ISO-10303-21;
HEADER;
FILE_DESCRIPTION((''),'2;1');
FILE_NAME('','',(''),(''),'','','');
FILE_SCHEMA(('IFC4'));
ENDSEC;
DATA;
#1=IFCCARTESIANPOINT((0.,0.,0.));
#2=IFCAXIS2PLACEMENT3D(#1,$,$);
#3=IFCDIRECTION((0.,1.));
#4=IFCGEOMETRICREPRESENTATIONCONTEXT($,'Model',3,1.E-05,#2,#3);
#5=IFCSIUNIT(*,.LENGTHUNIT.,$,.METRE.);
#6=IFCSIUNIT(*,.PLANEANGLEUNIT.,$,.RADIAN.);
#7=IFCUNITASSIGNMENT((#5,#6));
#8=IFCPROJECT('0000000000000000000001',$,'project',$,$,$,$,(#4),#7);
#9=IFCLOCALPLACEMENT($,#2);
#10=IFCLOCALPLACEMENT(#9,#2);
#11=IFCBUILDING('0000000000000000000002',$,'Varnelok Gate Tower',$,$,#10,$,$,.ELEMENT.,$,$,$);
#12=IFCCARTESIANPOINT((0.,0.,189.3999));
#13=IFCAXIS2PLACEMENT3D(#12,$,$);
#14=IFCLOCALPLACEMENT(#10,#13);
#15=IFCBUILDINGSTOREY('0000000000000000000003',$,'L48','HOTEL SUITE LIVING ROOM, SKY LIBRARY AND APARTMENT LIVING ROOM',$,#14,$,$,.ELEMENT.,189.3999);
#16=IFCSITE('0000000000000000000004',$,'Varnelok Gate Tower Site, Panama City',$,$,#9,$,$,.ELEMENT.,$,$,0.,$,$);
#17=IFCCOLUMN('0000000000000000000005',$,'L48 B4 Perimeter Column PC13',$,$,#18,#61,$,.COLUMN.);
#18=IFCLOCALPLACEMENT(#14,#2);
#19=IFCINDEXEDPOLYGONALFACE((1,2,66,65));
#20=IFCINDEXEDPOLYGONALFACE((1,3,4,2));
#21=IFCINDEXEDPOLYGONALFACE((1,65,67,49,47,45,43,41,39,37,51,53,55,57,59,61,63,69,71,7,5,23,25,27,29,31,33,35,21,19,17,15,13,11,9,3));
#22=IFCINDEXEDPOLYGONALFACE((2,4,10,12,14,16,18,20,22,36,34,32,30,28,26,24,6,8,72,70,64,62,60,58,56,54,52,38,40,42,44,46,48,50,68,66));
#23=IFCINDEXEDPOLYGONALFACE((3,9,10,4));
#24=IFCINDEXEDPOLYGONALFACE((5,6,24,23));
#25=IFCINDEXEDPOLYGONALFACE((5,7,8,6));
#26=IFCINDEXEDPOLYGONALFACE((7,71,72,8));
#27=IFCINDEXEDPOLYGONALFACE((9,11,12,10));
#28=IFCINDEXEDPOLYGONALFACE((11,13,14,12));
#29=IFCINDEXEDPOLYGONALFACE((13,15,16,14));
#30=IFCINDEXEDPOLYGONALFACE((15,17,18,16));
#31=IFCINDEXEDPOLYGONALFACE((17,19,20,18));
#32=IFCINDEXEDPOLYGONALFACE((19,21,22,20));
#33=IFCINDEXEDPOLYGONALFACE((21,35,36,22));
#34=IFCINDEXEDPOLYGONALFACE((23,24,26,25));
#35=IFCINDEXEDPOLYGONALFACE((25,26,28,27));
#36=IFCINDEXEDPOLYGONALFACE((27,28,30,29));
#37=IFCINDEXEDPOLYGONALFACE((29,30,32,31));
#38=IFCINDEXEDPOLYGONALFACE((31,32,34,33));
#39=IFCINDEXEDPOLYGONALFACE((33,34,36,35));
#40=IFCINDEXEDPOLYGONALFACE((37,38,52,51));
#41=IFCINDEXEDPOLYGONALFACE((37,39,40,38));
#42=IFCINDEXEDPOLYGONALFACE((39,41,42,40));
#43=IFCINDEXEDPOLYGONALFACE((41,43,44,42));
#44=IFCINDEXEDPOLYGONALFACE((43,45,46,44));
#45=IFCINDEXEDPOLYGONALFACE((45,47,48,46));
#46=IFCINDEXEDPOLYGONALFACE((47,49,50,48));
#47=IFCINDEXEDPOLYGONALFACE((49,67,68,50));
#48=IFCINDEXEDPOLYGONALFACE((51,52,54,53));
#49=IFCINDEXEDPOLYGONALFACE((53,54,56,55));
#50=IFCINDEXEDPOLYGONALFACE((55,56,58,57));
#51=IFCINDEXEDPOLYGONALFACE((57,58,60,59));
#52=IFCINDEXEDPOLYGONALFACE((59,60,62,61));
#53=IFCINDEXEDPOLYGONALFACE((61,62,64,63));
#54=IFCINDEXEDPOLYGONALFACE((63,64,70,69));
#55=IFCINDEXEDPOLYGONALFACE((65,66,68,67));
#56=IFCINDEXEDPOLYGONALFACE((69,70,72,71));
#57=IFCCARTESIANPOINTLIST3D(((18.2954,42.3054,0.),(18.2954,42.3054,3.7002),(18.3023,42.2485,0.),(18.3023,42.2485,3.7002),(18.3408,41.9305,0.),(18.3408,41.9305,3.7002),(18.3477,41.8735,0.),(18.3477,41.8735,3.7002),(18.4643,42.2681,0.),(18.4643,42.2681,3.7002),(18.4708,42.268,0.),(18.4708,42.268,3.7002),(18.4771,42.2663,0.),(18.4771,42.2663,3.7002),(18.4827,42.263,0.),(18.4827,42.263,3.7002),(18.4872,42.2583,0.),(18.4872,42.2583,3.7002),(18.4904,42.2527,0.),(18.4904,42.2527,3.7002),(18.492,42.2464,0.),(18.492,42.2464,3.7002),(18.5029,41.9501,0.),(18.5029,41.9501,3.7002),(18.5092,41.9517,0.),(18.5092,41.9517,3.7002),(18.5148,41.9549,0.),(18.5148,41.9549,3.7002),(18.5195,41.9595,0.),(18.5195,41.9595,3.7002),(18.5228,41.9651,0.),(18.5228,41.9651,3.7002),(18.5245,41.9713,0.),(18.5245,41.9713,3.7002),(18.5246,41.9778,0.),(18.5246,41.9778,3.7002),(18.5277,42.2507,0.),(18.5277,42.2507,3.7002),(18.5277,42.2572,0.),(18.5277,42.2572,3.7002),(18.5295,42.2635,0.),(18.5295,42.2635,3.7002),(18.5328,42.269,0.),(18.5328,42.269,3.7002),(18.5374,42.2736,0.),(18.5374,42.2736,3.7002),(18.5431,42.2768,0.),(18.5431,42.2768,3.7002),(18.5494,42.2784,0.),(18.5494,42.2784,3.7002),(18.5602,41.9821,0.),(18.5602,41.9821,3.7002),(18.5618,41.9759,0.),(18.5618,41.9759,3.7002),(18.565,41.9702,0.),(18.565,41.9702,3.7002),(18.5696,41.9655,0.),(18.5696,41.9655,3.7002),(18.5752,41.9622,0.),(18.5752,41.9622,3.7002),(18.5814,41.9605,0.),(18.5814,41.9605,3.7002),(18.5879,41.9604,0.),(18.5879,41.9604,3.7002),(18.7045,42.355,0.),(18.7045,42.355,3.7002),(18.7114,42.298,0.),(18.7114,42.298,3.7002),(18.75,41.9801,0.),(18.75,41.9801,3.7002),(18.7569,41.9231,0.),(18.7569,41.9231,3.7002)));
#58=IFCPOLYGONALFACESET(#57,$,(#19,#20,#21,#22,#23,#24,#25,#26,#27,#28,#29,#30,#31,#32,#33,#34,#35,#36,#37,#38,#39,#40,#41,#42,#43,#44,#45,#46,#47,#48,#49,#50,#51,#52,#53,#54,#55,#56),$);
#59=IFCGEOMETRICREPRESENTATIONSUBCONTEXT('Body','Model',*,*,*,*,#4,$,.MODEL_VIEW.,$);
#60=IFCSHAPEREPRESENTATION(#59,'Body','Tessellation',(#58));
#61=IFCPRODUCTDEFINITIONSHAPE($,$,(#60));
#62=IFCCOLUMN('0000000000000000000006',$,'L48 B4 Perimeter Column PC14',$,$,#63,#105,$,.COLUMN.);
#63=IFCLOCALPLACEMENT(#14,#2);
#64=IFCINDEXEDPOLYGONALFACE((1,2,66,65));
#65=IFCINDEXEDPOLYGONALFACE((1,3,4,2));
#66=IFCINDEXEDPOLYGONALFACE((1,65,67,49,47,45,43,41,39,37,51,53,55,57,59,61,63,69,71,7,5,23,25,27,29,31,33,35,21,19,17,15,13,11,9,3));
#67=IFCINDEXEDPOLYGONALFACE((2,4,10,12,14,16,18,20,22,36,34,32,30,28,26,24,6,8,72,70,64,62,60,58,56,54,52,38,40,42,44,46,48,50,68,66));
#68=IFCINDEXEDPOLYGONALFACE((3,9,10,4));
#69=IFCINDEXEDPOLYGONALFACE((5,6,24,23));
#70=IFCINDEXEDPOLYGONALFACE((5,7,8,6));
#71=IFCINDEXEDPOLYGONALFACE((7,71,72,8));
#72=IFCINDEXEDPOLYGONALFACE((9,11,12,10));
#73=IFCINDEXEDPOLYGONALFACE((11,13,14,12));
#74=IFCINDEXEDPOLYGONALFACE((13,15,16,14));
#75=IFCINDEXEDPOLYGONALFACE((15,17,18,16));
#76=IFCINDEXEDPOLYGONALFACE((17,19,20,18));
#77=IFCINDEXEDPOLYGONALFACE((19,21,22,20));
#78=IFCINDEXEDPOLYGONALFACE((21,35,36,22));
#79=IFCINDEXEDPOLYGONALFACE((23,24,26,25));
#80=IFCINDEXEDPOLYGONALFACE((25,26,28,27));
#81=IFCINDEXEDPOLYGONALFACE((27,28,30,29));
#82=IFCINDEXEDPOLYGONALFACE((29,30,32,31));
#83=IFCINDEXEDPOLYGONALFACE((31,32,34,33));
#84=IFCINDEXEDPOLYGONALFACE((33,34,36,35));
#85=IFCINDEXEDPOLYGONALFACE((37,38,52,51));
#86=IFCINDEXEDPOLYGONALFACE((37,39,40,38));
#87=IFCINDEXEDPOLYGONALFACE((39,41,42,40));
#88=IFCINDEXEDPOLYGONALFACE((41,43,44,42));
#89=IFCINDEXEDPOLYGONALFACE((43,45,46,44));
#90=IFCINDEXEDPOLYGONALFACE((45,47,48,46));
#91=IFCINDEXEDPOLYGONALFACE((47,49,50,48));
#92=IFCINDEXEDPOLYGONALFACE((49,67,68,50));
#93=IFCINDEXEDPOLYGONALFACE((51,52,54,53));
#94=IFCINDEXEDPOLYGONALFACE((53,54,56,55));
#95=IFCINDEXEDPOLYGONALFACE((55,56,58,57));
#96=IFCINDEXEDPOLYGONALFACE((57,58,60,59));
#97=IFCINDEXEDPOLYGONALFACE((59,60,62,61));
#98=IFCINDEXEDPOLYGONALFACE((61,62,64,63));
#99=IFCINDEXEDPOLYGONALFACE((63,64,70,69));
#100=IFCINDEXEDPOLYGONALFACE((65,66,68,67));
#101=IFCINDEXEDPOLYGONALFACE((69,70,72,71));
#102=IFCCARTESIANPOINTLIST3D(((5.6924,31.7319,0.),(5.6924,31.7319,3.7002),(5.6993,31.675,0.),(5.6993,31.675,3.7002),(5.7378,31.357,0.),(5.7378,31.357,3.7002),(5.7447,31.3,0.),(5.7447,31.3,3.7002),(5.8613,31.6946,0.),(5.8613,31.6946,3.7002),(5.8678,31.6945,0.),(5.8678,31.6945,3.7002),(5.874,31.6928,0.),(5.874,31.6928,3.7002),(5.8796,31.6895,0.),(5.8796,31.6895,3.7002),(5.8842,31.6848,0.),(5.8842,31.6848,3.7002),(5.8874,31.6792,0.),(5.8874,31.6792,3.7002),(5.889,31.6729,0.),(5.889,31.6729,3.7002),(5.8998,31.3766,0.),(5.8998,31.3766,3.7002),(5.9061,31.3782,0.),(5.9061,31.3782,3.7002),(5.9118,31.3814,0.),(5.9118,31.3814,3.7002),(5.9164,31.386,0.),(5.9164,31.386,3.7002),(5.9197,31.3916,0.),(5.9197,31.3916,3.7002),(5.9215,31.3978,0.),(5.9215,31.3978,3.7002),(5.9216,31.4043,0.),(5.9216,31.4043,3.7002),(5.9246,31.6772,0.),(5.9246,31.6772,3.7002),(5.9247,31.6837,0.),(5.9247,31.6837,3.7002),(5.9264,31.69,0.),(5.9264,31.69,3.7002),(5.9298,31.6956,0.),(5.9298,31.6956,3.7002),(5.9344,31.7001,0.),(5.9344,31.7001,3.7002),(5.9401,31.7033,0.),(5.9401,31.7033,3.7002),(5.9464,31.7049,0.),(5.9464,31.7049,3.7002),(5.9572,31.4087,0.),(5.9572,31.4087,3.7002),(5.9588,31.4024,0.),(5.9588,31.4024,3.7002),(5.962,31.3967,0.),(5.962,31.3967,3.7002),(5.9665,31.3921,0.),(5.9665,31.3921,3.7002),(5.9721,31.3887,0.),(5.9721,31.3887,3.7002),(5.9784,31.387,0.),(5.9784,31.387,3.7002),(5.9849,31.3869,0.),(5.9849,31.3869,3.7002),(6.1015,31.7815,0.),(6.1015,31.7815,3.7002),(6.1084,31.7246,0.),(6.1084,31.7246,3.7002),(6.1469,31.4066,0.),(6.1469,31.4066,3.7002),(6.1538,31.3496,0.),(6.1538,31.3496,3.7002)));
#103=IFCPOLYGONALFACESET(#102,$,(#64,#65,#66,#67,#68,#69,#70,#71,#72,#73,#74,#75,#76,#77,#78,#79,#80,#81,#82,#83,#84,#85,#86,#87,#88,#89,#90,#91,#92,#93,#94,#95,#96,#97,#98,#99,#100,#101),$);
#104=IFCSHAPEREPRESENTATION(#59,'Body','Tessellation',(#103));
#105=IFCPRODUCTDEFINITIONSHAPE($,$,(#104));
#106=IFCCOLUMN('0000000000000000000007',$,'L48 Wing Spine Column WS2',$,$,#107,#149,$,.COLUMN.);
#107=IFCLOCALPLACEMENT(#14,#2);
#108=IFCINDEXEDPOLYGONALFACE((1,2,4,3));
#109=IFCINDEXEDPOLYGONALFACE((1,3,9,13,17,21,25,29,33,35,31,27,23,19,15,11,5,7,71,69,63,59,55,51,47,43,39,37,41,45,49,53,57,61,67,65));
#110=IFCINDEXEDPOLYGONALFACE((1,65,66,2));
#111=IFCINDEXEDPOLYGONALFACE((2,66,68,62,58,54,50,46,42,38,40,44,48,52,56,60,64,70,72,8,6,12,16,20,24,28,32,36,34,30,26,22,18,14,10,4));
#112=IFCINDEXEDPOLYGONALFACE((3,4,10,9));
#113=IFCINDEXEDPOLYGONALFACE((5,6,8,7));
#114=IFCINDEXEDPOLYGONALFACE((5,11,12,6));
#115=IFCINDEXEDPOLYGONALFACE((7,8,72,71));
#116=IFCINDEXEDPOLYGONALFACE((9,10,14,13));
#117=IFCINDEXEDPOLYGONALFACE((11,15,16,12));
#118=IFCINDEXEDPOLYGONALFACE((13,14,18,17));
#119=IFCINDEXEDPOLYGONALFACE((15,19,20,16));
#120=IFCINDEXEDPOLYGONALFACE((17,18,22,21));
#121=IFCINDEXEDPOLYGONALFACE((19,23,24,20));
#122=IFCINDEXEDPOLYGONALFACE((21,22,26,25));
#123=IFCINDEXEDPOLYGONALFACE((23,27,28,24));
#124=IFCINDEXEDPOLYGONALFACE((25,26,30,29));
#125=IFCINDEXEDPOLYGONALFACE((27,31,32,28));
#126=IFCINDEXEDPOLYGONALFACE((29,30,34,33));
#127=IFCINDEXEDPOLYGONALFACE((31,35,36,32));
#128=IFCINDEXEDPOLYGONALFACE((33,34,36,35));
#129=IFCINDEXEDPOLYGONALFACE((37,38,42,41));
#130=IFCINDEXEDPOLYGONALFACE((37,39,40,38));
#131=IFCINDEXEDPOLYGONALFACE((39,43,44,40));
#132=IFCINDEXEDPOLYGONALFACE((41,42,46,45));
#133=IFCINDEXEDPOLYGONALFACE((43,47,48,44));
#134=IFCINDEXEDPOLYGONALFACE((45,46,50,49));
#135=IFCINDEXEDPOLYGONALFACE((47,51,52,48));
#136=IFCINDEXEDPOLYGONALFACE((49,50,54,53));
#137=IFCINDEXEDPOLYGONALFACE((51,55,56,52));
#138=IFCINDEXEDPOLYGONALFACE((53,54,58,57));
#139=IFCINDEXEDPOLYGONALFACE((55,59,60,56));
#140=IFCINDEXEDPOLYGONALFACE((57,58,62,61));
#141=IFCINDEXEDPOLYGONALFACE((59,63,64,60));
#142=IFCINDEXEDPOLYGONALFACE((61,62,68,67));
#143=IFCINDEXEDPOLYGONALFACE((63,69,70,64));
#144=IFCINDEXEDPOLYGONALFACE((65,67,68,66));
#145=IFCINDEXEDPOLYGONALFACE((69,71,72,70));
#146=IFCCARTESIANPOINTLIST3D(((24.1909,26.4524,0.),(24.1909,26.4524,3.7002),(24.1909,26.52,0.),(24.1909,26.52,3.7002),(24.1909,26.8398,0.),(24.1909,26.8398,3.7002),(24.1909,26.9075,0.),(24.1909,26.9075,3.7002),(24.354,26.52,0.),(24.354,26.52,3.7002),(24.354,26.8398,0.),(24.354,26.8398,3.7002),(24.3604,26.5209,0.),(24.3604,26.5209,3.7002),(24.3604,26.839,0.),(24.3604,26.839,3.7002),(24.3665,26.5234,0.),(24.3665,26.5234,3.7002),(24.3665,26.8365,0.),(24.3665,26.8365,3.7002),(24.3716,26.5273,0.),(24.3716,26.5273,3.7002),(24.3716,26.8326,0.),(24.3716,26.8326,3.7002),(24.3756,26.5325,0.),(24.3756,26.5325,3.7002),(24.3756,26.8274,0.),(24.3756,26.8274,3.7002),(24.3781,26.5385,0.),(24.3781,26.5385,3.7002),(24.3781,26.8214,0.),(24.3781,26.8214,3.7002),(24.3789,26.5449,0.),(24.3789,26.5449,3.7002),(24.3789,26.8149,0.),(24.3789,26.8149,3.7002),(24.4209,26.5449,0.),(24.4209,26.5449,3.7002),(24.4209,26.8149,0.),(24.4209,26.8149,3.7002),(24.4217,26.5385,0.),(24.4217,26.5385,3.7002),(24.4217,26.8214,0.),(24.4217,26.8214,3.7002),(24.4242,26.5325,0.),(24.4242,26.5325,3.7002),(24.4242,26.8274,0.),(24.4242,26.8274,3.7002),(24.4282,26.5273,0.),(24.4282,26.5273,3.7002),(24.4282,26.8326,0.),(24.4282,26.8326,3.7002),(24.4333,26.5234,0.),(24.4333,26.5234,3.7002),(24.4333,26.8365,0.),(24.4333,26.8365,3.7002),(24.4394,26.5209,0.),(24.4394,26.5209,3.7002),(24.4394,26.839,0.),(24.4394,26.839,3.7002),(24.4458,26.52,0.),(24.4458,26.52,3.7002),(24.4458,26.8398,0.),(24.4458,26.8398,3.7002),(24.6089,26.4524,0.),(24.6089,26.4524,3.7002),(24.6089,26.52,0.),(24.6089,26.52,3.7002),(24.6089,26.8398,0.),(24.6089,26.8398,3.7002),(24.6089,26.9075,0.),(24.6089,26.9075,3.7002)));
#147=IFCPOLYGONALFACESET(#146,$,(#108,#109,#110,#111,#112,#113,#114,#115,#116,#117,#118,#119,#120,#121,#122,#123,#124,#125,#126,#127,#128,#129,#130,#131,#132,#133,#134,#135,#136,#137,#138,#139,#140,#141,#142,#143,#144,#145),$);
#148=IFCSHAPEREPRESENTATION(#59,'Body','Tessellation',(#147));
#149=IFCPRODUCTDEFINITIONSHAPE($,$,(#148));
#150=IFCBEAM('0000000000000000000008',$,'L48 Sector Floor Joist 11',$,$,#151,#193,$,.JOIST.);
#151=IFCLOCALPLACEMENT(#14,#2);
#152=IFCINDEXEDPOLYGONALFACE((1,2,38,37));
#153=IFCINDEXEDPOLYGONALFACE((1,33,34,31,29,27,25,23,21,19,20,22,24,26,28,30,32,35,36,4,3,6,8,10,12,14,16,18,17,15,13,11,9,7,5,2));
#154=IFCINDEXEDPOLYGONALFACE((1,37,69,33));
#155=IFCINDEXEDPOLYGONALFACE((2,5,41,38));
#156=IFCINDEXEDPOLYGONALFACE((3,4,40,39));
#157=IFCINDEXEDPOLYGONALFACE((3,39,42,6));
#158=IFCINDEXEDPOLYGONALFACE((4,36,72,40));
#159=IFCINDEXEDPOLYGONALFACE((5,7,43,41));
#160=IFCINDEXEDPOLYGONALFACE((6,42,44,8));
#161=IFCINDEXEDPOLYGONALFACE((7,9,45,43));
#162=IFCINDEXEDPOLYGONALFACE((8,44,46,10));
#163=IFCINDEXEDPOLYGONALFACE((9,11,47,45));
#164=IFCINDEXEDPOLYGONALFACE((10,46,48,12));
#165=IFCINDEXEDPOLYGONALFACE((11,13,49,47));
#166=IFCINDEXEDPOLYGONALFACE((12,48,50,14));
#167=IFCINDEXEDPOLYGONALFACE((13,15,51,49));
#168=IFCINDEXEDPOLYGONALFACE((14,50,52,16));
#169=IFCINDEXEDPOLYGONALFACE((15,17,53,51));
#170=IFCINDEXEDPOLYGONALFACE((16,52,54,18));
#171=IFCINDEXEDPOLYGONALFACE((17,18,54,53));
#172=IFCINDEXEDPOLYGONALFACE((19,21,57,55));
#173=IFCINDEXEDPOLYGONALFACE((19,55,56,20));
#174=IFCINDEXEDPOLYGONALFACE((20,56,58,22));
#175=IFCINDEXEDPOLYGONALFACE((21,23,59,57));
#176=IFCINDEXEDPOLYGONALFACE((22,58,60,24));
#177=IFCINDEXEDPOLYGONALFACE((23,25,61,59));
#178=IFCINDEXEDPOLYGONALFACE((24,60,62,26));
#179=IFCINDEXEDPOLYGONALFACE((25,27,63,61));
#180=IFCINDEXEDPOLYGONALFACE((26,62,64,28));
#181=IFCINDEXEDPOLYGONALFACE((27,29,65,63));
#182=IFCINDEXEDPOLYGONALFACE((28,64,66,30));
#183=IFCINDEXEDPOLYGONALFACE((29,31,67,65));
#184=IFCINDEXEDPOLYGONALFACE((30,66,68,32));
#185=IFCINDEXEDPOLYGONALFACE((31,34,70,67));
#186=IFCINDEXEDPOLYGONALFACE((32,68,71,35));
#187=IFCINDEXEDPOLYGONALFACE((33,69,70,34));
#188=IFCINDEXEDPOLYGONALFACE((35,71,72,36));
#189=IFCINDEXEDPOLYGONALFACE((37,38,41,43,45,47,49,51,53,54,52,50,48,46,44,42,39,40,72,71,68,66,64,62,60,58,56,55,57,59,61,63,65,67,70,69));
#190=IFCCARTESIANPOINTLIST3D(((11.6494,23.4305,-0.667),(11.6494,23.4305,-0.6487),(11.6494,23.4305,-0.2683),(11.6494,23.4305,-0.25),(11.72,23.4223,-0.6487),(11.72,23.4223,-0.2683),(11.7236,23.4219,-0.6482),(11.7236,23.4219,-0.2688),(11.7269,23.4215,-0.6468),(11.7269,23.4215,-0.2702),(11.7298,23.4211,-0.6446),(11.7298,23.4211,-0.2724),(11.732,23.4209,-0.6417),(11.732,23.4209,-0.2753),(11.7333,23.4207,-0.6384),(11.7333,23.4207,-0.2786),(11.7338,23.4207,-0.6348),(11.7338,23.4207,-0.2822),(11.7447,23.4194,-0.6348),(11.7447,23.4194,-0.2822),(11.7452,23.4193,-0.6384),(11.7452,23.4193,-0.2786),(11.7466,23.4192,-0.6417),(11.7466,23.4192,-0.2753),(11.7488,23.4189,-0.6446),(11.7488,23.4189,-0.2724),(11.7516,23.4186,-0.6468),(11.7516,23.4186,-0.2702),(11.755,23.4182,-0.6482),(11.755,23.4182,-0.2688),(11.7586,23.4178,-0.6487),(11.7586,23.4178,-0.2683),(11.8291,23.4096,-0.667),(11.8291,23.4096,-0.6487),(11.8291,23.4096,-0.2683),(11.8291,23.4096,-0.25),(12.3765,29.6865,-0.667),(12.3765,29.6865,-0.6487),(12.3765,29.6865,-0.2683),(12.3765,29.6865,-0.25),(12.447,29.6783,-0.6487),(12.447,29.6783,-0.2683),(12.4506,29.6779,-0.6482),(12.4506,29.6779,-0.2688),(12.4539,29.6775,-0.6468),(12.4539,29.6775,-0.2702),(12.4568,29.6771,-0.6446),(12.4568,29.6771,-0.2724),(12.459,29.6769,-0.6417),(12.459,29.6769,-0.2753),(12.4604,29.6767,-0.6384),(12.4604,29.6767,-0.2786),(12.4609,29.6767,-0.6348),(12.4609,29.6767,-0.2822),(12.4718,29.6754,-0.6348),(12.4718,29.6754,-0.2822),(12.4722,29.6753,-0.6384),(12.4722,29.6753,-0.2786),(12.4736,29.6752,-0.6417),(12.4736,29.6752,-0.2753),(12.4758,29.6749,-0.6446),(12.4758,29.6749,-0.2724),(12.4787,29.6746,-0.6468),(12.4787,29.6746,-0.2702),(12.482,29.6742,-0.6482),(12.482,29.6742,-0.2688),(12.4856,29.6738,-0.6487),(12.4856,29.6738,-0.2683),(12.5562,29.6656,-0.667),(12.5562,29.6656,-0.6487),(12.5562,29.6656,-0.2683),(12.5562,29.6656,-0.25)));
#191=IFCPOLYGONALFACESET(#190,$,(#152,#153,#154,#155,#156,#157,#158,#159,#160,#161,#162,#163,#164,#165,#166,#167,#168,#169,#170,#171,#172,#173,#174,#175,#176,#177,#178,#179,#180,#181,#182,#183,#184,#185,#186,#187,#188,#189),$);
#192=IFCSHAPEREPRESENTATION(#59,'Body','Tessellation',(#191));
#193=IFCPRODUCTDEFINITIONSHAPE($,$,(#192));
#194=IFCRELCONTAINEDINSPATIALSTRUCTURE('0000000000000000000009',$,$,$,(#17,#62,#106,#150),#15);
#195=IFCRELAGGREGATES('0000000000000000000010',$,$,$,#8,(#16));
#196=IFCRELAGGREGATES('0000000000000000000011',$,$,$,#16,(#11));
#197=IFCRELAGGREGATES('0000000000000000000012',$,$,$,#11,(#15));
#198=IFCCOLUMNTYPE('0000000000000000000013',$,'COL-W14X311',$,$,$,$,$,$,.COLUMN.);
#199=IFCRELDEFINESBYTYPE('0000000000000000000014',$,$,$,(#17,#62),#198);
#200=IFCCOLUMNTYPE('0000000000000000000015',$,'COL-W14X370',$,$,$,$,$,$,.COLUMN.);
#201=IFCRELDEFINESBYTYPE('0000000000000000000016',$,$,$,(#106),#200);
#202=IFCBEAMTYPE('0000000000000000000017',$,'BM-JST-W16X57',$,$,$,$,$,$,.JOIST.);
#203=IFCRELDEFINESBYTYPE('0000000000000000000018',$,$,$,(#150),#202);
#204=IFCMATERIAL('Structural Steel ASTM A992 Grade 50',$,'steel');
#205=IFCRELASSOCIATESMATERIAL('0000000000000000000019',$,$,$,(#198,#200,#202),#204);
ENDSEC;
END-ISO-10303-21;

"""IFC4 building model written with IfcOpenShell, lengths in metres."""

from ifc_helpers import new_model, si_unit, direction, frame, origin, origin_2d, place, context, subcontext, project, spatial, i_section, extrude, material, material_profile, profile_set, type_object, element, save


model = new_model("IFC4")

# Units and contexts
model_context = context("Model", 3, precision=1e-05, world=origin(), true_north=direction((0.0, 1.0)))
body_context = subcontext(model_context, "Body", "Model", "MODEL_VIEW")
ifc_project = project(units=[si_unit("LENGTHUNIT", "METRE"), si_unit("PLANEANGLEUNIT", "RADIAN")], contexts=[model_context])

# Site, building, storey
site_placement = place(None, origin())
site = spatial("IfcSite", under=ifc_project, at=site_placement, Name="Varnelok Gate Tower Site, Panama City", CompositionType="ELEMENT", RefElevation=0.0)
building_placement = place(site_placement, origin())
building = spatial("IfcBuilding", under=site, at=building_placement, Name="Varnelok Gate Tower", CompositionType="ELEMENT")
storey_placement = place(building_placement, frame((0.0, 0.0, 189.3999)))
storey = spatial("IfcBuildingStorey", under=building, at=storey_placement, Name="L48", Description="HOTEL SUITE LIVING ROOM, SKY LIBRARY AND APARTMENT LIVING ROOM", CompositionType="ELEMENT", Elevation=189.3999)

# Columns
ifc_material_1 = material(Name="Structural Steel ASTM A992 Grade 50", Category="steel")
ifc_material_profile_1 = material_profile(ifc_material_1, i_section(OverallWidth=0.4121, OverallDepth=0.4351, WebThickness=0.0359, FlangeThickness=0.0574, FilletRadius=0.0249, at=origin_2d()), Name="W14X311")
ifc_profile_set_1 = profile_set([ifc_material_profile_1], Name="Structural Steel ASTM A992 Grade 50")
column_type_1 = type_object("IfcColumnType", Name="COL-W14X311", PredefinedType="COLUMN", material=ifc_profile_set_1)
for number, where, z_axis, x_axis, name in (
    (1, (18.5261, 42.1143, 0.0), (0.0, 0.0, 1.0), (0.992732, 0.120345, 0.0), "L48 B4 Perimeter Column PC13"),
    (2, (5.9231, 31.5408, 0.0), (0.0, 0.0, 1.0), (0.992732, 0.120345, 0.0), "L48 B4 Perimeter Column PC14"),
):
    element("IfcColumn", number, at=place(storey_placement, frame(where, z_axis=z_axis, x_axis=x_axis)), inside=storey, type_object=column_type_1, Name=name, PredefinedType="COLUMN", context=body_context, shape_type="SweptSolid", body=[
        extrude(i_section(OverallWidth=0.4121, OverallDepth=0.4351, WebThickness=0.0359, FlangeThickness=0.0574, FilletRadius=0.0249, at=origin_2d()), origin(), (0.0, 0.0, 1.0), 3.7002),
    ])
ifc_material_profile_2 = material_profile(ifc_material_1, i_section(OverallWidth=0.418, OverallDepth=0.4551, WebThickness=0.042, FlangeThickness=0.0676, FilletRadius=0.0249, at=origin_2d()), Name="W14X370")
ifc_profile_set_2 = profile_set([ifc_material_profile_2], Name="Structural Steel ASTM A992 Grade 50")
column_type_2 = type_object("IfcColumnType", Name="COL-W14X370", PredefinedType="COLUMN", material=ifc_profile_set_2)
column_placement = place(storey_placement, frame((24.3999, 26.6799, 0.0), z_axis=(0.0, 0.0, 1.0), x_axis=(1.0, 0.0, 0.0)))
element("IfcColumn", 3, at=column_placement, inside=storey, type_object=column_type_2, Name="L48 Wing Spine Column WS2", PredefinedType="COLUMN", context=body_context, shape_type="SweptSolid", body=[
    extrude(i_section(OverallWidth=0.418, OverallDepth=0.4551, WebThickness=0.042, FlangeThickness=0.0676, FilletRadius=0.0249, at=origin_2d()), origin(), (0.0, 0.0, 1.0), 3.7002),
])

# Beam
ifc_material_profile_3 = material_profile(ifc_material_1, i_section(OverallWidth=0.1809, OverallDepth=0.417, WebThickness=0.011, FlangeThickness=0.0183, FilletRadius=0.0139, at=origin_2d()), Name="W16X57")
ifc_profile_set_3 = profile_set([ifc_material_profile_3], Name="Structural Steel ASTM A992 Grade 50")
beam_type_1 = type_object("IfcBeamType", Name="BM-JST-W16X57", PredefinedType="JOIST", material=ifc_profile_set_3)
beam_1_placement = place(storey_placement, frame((12.4663, 29.676, -0.4585), z_axis=(-0.115438, -0.993315, 0.0), x_axis=(0.993315, -0.115438, 0.0)))
element("IfcBeam", 4, at=beam_1_placement, inside=storey, type_object=beam_type_1, Name="L48 Sector Floor Joist 11", PredefinedType="JOIST", context=body_context, shape_type="SweptSolid", body=[
    extrude(i_section(OverallWidth=0.1809, OverallDepth=0.417, WebThickness=0.011, FlangeThickness=0.0183, FilletRadius=0.0139, at=origin_2d()), origin(), (0.0, 0.0, 1.0), 6.2981),
])

save(model, "model.ifc")
